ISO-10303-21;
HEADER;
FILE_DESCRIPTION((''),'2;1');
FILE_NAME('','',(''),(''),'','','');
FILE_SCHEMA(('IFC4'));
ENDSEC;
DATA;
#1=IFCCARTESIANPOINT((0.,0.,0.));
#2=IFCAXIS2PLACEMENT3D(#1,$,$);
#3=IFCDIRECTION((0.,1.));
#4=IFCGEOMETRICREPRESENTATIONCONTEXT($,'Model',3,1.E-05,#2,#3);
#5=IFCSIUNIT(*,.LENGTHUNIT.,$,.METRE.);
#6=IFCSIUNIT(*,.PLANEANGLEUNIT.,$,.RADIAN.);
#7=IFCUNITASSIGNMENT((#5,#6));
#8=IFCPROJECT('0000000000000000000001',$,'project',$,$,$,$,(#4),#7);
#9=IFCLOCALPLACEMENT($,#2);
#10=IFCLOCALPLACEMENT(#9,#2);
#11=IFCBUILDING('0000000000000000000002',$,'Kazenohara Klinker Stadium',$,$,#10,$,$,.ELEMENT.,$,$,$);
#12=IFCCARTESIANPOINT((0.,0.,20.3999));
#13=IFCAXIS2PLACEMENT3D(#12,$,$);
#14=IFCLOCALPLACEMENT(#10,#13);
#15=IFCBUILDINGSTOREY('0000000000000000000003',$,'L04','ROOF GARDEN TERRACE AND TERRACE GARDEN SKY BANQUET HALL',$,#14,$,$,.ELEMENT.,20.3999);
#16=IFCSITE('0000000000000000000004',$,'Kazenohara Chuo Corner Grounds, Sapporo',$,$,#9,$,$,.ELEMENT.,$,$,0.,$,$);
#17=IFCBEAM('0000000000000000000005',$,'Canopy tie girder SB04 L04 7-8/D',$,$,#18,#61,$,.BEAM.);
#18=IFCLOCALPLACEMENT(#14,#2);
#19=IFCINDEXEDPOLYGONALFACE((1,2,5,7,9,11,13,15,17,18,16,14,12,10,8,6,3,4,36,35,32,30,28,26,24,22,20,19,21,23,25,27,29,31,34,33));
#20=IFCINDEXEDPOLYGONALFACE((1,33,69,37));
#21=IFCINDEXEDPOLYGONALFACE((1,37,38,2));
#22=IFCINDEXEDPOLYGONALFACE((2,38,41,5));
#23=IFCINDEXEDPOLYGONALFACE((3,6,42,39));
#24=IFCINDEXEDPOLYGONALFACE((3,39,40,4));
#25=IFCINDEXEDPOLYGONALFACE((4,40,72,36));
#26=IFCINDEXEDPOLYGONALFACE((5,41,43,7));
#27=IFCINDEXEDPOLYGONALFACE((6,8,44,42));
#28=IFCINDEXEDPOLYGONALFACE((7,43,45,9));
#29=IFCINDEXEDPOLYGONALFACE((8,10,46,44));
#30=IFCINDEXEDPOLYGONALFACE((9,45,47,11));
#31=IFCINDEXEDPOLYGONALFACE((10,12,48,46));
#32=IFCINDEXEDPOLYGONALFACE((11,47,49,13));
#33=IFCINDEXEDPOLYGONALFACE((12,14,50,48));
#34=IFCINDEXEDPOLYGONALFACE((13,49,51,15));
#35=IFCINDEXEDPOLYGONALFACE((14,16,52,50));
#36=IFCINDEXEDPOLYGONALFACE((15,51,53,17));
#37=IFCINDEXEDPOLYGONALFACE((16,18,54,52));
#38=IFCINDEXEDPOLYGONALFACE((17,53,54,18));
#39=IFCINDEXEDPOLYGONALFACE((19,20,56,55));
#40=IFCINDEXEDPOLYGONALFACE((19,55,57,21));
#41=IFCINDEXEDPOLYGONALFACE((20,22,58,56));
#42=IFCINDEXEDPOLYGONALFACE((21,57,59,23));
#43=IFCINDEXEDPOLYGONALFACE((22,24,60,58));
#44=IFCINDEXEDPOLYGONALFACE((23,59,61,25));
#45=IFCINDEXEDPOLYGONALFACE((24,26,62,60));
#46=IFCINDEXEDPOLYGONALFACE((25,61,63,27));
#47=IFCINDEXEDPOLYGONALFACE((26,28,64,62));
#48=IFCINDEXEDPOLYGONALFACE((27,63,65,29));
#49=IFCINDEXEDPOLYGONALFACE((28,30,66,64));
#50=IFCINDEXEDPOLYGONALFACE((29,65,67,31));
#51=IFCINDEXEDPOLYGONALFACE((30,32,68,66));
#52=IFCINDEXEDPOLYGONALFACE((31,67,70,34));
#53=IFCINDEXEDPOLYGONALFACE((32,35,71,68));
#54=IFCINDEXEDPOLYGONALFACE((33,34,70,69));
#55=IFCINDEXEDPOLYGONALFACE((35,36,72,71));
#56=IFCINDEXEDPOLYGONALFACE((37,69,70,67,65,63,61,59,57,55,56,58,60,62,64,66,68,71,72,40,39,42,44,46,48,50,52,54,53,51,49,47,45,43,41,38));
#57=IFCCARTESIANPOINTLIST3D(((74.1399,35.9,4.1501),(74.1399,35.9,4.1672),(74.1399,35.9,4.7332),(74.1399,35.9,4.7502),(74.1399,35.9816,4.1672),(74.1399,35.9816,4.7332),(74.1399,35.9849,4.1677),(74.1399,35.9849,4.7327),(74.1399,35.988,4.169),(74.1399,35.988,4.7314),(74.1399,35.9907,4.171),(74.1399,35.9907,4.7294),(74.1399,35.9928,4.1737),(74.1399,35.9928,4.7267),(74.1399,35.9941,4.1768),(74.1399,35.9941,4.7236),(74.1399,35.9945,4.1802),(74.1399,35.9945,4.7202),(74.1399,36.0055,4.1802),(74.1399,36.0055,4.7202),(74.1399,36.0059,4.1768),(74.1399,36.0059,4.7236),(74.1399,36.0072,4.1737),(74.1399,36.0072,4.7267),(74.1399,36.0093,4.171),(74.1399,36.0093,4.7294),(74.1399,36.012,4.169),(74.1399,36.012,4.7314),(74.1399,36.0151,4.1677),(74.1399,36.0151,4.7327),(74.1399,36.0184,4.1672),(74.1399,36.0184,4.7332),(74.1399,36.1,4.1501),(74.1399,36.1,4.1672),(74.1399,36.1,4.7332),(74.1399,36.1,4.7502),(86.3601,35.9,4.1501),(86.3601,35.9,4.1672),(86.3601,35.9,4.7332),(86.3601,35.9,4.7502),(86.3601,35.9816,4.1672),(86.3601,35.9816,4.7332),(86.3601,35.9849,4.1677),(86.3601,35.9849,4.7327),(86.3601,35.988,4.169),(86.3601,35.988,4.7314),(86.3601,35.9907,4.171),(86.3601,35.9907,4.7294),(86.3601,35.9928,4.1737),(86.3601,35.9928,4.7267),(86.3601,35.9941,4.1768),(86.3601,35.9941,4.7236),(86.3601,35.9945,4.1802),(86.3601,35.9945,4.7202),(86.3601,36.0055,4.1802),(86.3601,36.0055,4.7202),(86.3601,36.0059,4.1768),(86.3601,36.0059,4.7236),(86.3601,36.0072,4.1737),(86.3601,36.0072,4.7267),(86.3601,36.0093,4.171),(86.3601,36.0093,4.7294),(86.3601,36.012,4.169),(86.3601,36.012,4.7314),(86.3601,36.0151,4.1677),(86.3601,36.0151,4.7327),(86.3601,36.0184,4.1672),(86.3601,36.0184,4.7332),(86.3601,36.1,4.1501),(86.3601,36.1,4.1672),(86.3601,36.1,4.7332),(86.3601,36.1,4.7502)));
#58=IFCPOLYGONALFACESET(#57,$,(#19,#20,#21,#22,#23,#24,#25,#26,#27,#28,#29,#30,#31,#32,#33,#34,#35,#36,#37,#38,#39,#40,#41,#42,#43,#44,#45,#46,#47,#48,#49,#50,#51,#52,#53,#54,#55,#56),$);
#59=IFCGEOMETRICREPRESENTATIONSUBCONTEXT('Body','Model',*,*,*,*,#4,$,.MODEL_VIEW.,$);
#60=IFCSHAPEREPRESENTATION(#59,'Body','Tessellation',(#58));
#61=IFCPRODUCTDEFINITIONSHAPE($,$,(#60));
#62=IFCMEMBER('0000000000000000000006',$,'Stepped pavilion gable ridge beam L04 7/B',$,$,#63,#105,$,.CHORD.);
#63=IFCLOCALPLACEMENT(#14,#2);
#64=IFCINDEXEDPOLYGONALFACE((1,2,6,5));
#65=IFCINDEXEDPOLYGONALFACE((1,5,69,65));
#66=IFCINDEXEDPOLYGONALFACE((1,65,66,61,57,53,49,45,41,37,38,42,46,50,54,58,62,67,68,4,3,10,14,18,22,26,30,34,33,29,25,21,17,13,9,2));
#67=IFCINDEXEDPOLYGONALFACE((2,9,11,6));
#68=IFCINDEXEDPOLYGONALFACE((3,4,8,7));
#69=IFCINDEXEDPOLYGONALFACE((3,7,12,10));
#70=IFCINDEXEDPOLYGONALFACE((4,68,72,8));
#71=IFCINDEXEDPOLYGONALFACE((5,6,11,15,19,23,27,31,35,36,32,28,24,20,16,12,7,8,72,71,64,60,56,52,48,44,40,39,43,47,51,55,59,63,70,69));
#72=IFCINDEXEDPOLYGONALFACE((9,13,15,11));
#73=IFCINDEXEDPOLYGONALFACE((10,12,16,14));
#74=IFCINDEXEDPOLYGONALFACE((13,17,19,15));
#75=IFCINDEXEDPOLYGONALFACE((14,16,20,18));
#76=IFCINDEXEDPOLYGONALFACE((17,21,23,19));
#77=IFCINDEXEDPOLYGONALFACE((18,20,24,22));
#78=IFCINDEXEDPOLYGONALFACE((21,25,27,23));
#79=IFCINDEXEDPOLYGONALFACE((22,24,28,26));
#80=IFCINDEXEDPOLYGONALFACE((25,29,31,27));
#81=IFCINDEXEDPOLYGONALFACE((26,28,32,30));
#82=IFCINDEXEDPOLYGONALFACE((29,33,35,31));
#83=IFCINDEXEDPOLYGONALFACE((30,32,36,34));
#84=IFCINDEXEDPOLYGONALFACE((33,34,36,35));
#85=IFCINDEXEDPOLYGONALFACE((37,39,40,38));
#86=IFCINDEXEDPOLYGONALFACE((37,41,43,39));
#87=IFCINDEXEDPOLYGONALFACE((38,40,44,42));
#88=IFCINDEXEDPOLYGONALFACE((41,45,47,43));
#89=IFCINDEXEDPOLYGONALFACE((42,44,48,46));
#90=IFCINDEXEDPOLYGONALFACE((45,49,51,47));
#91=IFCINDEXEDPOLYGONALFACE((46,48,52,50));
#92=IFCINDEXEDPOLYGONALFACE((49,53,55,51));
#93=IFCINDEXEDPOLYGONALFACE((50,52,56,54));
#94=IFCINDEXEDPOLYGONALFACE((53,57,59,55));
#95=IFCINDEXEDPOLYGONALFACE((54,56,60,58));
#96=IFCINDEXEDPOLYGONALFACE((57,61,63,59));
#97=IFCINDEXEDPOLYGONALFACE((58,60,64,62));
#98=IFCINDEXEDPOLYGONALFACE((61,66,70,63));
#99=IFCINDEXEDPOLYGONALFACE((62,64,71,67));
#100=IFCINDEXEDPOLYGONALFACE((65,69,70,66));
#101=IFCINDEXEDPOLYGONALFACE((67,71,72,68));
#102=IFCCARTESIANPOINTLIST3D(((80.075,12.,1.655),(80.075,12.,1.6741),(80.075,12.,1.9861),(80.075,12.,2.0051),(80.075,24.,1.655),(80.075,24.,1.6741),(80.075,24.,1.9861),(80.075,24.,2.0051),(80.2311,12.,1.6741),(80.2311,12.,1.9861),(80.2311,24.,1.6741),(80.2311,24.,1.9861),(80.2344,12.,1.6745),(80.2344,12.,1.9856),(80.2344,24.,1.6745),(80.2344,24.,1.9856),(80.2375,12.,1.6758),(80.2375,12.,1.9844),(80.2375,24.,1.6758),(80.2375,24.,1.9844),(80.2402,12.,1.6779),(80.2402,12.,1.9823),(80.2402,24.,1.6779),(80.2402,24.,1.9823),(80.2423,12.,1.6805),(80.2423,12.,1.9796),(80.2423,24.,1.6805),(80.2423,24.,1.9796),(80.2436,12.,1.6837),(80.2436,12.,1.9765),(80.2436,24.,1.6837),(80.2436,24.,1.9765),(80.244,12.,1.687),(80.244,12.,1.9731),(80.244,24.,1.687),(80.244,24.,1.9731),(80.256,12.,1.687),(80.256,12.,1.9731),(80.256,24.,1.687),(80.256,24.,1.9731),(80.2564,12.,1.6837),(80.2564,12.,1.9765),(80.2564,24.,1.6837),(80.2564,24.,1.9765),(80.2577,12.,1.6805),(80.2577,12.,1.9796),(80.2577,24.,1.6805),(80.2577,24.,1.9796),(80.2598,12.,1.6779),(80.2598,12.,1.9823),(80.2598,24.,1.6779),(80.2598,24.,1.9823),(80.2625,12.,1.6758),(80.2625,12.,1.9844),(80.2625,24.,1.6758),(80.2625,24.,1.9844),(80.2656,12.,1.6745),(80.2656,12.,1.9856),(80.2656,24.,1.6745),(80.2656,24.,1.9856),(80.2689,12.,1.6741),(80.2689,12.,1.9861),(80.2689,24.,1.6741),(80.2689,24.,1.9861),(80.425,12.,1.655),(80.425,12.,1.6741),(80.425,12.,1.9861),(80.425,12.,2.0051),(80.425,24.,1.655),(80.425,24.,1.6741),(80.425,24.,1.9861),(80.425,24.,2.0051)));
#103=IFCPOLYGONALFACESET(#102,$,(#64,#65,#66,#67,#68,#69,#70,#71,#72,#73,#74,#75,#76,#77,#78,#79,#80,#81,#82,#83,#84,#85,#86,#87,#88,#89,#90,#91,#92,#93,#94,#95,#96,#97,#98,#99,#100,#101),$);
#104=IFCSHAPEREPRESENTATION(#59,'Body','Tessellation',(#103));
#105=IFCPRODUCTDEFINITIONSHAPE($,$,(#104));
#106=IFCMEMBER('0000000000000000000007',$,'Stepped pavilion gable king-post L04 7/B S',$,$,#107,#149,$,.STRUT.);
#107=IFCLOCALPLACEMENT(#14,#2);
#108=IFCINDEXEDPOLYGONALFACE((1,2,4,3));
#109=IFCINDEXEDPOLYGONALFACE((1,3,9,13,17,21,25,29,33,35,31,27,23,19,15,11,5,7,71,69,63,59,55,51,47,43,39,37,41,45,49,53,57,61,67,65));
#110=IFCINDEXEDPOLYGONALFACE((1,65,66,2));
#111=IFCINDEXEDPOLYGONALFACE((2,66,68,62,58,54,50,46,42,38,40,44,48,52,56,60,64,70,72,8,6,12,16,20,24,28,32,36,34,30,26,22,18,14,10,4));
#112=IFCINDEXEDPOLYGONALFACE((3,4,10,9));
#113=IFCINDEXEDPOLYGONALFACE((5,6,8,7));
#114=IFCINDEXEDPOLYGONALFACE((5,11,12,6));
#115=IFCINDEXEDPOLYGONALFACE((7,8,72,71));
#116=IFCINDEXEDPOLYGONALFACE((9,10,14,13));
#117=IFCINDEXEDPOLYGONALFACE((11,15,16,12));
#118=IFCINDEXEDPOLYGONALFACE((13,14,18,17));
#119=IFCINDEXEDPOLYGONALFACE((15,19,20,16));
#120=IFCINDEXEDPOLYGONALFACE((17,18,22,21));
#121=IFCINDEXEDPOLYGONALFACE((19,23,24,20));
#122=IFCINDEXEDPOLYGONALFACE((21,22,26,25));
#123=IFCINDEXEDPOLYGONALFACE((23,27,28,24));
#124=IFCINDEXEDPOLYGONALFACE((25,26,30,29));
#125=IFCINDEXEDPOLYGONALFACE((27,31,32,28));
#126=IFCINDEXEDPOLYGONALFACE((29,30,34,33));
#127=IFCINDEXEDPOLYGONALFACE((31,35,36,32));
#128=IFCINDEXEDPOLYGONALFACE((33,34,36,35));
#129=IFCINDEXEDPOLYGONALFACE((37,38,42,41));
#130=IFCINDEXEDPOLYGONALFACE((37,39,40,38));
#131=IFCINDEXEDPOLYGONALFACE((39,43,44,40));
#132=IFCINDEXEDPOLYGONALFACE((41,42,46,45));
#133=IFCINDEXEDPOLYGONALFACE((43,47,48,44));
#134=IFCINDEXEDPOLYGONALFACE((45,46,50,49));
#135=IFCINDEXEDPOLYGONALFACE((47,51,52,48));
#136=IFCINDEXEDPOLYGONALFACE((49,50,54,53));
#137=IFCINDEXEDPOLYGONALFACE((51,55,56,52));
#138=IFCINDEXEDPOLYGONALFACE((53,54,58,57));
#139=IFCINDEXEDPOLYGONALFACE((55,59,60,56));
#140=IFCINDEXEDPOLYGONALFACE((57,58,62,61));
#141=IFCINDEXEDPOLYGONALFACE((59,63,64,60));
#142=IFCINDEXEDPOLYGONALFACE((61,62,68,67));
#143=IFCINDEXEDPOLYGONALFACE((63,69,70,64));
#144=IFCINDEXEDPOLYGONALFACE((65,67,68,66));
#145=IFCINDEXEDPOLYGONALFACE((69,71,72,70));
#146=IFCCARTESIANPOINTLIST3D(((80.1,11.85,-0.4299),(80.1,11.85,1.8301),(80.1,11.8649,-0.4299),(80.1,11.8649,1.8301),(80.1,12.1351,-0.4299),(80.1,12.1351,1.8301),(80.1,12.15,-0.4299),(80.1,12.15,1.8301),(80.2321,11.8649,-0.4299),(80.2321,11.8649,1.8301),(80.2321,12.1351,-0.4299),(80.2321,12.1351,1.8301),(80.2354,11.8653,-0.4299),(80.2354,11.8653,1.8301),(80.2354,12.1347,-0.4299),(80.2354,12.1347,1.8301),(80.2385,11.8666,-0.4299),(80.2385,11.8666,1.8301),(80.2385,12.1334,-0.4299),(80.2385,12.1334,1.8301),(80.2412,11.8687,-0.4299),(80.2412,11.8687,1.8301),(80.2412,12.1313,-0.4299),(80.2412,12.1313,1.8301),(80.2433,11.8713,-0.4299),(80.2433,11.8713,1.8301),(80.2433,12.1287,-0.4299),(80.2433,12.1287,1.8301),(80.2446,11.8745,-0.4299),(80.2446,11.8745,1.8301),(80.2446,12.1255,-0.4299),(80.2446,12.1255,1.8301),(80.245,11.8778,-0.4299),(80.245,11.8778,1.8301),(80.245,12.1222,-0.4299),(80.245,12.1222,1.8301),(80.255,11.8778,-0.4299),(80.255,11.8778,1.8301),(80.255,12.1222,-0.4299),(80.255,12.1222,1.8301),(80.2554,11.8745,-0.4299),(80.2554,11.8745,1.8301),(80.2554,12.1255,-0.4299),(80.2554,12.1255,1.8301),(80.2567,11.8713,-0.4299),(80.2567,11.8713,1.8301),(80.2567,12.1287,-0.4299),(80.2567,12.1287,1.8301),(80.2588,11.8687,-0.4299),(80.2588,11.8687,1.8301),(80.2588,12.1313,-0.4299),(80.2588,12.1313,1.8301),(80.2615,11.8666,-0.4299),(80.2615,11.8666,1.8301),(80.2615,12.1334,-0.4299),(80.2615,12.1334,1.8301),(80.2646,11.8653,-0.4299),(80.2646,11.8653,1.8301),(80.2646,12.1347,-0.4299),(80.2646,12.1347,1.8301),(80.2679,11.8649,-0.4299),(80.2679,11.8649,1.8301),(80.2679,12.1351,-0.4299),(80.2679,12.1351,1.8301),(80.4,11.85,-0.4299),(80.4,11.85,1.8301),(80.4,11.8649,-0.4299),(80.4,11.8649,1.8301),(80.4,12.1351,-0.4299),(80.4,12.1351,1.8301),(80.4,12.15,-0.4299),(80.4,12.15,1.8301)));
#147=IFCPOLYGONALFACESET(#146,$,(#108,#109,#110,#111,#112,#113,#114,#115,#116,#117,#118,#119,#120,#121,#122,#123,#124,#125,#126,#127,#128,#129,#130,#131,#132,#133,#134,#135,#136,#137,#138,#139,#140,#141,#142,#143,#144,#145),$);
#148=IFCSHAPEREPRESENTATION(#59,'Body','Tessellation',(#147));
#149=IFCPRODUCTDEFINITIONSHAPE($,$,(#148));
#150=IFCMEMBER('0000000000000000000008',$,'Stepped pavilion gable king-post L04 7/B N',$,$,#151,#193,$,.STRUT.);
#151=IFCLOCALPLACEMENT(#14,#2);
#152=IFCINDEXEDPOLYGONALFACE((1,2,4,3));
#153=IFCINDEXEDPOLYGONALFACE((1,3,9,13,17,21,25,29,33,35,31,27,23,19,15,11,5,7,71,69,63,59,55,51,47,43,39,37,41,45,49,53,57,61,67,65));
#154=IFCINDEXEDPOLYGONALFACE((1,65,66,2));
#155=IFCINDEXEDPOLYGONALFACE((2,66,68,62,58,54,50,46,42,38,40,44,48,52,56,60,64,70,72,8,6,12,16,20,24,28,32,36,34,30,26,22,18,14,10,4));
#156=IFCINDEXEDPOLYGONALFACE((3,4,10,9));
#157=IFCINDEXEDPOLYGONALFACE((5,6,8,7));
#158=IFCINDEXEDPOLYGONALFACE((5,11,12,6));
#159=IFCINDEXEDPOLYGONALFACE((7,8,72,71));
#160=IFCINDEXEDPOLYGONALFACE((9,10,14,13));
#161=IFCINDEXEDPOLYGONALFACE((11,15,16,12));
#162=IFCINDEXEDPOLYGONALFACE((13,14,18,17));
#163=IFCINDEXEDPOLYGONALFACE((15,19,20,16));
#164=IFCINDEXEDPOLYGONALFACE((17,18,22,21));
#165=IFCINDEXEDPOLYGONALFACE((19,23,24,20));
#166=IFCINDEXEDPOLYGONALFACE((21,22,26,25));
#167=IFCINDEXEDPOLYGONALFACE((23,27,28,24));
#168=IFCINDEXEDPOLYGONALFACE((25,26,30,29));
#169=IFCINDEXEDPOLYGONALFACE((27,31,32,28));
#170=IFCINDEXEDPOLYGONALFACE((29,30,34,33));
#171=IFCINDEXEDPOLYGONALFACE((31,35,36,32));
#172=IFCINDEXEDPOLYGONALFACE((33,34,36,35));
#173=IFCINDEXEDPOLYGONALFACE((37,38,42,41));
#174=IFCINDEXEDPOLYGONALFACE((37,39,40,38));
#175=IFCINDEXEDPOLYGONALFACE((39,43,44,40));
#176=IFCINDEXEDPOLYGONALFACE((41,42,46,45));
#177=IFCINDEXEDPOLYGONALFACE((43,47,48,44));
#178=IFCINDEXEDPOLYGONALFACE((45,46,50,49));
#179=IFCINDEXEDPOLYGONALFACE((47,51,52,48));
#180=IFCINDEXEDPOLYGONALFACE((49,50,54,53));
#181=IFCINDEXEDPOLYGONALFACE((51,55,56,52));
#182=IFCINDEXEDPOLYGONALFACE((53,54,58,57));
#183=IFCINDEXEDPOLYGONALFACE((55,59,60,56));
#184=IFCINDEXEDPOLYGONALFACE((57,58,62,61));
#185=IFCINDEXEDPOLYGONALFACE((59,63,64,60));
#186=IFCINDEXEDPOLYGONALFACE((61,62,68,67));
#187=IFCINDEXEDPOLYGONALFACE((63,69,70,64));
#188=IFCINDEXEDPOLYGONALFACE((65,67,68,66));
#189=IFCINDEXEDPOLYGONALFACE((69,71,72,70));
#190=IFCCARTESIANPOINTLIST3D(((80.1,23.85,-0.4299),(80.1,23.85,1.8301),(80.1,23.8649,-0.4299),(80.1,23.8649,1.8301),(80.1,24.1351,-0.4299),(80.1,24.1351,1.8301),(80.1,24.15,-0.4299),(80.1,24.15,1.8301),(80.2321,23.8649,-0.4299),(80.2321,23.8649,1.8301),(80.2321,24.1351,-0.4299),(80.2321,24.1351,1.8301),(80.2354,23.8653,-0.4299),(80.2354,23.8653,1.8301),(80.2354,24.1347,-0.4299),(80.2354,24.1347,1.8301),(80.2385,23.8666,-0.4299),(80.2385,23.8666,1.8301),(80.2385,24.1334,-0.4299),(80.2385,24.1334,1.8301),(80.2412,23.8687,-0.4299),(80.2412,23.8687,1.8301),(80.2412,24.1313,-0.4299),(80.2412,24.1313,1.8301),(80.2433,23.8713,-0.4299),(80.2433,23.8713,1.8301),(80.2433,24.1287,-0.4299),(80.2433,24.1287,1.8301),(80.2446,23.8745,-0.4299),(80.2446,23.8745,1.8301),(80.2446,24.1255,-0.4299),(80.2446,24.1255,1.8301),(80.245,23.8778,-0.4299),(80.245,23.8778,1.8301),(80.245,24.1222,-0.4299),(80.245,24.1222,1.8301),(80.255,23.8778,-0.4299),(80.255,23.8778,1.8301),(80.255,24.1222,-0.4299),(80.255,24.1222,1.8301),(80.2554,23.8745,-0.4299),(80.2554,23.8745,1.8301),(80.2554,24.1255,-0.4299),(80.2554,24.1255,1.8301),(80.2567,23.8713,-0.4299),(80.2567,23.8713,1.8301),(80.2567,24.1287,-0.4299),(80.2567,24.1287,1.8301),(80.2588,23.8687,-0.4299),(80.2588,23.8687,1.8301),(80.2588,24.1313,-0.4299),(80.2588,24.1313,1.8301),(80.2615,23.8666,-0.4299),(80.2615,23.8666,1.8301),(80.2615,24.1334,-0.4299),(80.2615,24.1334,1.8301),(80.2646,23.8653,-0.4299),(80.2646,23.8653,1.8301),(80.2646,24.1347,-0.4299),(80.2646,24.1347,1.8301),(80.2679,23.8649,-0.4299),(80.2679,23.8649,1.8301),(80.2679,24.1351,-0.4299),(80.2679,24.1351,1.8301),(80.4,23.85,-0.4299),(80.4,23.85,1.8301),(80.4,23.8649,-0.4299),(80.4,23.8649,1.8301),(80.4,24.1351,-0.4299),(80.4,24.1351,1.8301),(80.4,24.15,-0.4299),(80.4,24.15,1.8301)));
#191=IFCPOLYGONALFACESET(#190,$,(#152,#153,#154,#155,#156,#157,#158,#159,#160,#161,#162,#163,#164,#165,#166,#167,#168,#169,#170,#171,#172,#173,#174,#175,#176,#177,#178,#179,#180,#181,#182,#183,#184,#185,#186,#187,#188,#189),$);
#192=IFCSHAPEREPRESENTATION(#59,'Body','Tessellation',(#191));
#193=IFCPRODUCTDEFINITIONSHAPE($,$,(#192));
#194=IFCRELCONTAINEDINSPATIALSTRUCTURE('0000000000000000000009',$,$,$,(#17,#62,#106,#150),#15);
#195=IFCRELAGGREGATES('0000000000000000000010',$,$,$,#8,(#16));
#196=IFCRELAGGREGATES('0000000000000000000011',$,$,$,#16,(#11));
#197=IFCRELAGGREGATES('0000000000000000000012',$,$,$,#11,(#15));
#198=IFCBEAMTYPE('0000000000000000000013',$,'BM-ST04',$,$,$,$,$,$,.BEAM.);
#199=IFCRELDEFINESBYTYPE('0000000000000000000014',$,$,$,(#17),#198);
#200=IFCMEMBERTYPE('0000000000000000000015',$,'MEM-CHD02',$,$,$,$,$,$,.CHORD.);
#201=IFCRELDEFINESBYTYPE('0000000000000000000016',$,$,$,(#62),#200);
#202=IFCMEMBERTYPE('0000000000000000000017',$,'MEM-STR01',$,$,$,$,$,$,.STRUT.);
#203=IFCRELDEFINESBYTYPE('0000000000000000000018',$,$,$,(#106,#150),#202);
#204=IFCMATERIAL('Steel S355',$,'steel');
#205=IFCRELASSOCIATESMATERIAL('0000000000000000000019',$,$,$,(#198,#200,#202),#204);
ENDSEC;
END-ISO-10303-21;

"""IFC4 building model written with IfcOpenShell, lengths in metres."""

from ifc_helpers import new_model, si_unit, direction, frame, origin, origin_2d, place, context, subcontext, project, spatial, i_section, extrude, material, material_profile, profile_set, type_object, element, save


model = new_model("IFC4")

# Units and contexts
model_context = context("Model", 3, precision=1e-05, world=origin(), true_north=direction((0.0, 1.0)))
body_context = subcontext(model_context, "Body", "Model", "MODEL_VIEW")
ifc_project = project(units=[si_unit("LENGTHUNIT", "METRE"), si_unit("PLANEANGLEUNIT", "RADIAN")], contexts=[model_context])

# Site, building, storey
site_placement = place(None, origin())
site = spatial("IfcSite", under=ifc_project, at=site_placement, Name="Kazenohara Chuo Corner Grounds, Sapporo", CompositionType="ELEMENT", RefElevation=0.0)
building_placement = place(site_placement, origin())
building = spatial("IfcBuilding", under=site, at=building_placement, Name="Kazenohara Klinker Stadium", CompositionType="ELEMENT")
storey_placement = place(building_placement, frame((0.0, 0.0, 20.3999)))
storey = spatial("IfcBuildingStorey", under=building, at=storey_placement, Name="L04", Description="ROOF GARDEN TERRACE AND TERRACE GARDEN SKY BANQUET HALL", CompositionType="ELEMENT", Elevation=20.3999)

# Shared definitions
ifc_material_1 = material(Name="Steel S355", Category="steel")

# Beam
ifc_material_profile_1 = material_profile(ifc_material_1, i_section(OverallWidth=0.2, OverallDepth=0.6001, WebThickness=0.011, FlangeThickness=0.0171, FilletRadius=0.0129, at=origin_2d()), Name="H-600x200x11x17")
ifc_profile_set_1 = profile_set([ifc_material_profile_1], Name="Steel S355")
beam_type = type_object("IfcBeamType", Name="BM-ST04", PredefinedType="BEAM", material=ifc_profile_set_1)
for number, where, z_axis, x_axis, name in (
    (1, (74.1399, 36.0, 4.4502), (1.0, 0.0, 0.0), (0.0, 1.0, 0.0), "Canopy tie girder SB04 L04 7-8/D"),
):
    element("IfcBeam", number, at=place(storey_placement, frame(where, z_axis=z_axis, x_axis=x_axis)), inside=storey, type_object=beam_type, Name=name, PredefinedType="BEAM", context=body_context, shape_type="SweptSolid", body=[
        extrude(i_section(OverallWidth=0.2, OverallDepth=0.6001, WebThickness=0.011, FlangeThickness=0.0171, FilletRadius=0.0129, at=origin_2d()), origin(), (0.0, 0.0, 1.0), 12.2202),
    ])

# Members
ifc_material_profile_2 = material_profile(ifc_material_1, i_section(OverallWidth=0.3501, OverallDepth=0.3501, WebThickness=0.012, FlangeThickness=0.019, FilletRadius=0.0129, at=origin_2d()), Name="H-350x350x12x19")
ifc_profile_set_2 = profile_set([ifc_material_profile_2], Name="Steel S355")
member_type_1 = type_object("IfcMemberType", Name="MEM-CHD02", PredefinedType="CHORD", material=ifc_profile_set_2)
member_placement = place(storey_placement, frame((80.25, 12.0, 1.8301), z_axis=(0.0, 1.0, 0.0), x_axis=(-1.0, 0.0, 0.0)))
element("IfcMember", 2, at=member_placement, inside=storey, type_object=member_type_1, Name="Stepped pavilion gable ridge beam L04 7/B", PredefinedType="CHORD", context=body_context, shape_type="SweptSolid", body=[
    extrude(i_section(OverallWidth=0.3501, OverallDepth=0.3501, WebThickness=0.012, FlangeThickness=0.019, FilletRadius=0.0129, at=origin_2d()), origin(), (0.0, 0.0, 1.0), 12.0),
])
ifc_material_profile_3 = material_profile(ifc_material_1, i_section(OverallWidth=0.3, OverallDepth=0.3, WebThickness=0.01, FlangeThickness=0.0149, FilletRadius=0.0129, at=origin_2d()), Name="H-300x300x10x15")
ifc_profile_set_3 = profile_set([ifc_material_profile_3], Name="Steel S355")
member_type_2 = type_object("IfcMemberType", Name="MEM-STR01", PredefinedType="STRUT", material=ifc_profile_set_3)
for number, where, z_axis, x_axis, name in (
    (3, (80.25, 12.0, -0.4299), (0.0, 0.0, 1.0), (1.0, 0.0, 0.0), "Stepped pavilion gable king-post L04 7/B S"),
    (4, (80.25, 24.0, -0.4299), (0.0, 0.0, 1.0), (1.0, 0.0, 0.0), "Stepped pavilion gable king-post L04 7/B N"),
):
    element("IfcMember", number, at=place(storey_placement, frame(where, z_axis=z_axis, x_axis=x_axis)), inside=storey, type_object=member_type_2, Name=name, PredefinedType="STRUT", context=body_context, shape_type="SweptSolid", body=[
        extrude(i_section(OverallWidth=0.3, OverallDepth=0.3, WebThickness=0.01, FlangeThickness=0.0149, FilletRadius=0.0129, at=origin_2d()), origin(), (0.0, 0.0, 1.0), 2.26),
    ])

save(model, "model.ifc")
